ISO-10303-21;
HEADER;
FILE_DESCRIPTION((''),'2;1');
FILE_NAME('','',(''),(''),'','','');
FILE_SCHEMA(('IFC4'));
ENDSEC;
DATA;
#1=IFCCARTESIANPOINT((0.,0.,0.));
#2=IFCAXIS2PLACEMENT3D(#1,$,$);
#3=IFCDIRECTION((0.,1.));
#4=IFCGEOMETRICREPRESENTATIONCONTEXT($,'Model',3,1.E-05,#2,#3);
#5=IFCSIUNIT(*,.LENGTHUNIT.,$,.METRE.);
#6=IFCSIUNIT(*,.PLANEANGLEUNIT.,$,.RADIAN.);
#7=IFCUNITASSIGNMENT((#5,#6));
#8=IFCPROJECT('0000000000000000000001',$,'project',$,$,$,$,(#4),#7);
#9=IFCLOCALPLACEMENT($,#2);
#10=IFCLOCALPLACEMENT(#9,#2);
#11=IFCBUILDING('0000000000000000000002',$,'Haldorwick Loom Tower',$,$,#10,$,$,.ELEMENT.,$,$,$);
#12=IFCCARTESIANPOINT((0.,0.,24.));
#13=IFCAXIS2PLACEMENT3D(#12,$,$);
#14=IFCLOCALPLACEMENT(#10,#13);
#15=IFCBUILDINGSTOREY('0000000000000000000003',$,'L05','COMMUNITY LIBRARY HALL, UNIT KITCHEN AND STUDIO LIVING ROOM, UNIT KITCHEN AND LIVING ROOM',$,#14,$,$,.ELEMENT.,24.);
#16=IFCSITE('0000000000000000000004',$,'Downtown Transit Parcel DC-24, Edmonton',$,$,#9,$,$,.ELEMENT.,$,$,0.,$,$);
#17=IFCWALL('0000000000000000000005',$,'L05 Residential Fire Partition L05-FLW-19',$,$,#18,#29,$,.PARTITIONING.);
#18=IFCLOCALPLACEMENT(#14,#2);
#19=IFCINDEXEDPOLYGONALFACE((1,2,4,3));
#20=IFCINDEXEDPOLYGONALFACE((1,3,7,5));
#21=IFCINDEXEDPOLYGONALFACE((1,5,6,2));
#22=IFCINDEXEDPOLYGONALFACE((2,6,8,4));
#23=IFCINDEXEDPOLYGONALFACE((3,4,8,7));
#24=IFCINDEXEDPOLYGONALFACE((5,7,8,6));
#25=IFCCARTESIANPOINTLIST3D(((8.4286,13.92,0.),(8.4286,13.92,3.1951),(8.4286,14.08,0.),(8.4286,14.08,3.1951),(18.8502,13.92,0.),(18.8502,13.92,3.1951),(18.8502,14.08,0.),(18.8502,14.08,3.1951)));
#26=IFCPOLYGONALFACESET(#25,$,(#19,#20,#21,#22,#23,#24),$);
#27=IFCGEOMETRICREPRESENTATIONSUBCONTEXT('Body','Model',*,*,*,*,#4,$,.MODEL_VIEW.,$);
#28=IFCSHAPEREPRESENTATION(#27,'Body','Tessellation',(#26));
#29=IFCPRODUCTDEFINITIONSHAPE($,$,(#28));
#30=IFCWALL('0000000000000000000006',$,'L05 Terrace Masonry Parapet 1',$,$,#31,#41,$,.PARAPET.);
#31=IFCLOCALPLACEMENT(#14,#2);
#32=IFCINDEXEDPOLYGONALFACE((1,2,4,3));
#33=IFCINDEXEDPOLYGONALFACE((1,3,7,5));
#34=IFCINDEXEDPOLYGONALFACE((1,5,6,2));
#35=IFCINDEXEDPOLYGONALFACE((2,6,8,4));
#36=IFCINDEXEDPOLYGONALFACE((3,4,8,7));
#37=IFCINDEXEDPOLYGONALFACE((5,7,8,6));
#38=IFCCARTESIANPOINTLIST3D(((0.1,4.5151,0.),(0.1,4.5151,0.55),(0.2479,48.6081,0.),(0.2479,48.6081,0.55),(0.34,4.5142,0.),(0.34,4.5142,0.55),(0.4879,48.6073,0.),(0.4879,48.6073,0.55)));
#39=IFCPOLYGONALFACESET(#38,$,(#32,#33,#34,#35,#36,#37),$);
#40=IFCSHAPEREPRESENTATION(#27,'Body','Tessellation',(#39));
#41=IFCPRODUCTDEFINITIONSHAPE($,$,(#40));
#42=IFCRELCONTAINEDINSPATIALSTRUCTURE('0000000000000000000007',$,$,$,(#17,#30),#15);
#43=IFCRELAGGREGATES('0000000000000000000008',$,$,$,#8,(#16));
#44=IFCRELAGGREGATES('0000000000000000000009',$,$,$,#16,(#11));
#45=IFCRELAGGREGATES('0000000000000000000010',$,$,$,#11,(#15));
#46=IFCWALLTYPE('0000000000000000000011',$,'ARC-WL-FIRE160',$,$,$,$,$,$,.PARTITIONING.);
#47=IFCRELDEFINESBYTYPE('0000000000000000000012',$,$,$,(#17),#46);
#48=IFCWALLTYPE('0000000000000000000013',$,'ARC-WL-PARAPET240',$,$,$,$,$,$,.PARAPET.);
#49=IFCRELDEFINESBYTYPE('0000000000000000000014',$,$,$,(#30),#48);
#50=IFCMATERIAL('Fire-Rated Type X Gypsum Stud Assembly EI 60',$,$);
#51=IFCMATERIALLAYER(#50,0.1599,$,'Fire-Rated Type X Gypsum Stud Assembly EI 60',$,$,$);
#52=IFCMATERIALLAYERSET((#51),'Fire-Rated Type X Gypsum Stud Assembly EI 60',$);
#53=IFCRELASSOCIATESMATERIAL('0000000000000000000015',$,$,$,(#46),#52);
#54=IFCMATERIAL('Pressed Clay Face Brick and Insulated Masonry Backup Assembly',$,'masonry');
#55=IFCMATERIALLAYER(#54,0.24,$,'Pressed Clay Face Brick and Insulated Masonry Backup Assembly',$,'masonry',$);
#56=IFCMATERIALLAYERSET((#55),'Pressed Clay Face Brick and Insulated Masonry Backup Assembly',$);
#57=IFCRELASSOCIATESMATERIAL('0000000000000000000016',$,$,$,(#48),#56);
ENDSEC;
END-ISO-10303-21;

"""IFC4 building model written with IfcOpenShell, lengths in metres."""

from ifc_helpers import new_model, si_unit, direction, frame, frame_2d, origin, place, context, subcontext, project, spatial, rectangle, extrude, material, layer, layer_set, type_object, element, save


model = new_model("IFC4")

# Units and contexts
model_context = context("Model", 3, precision=1e-05, world=origin(), true_north=direction((0.0, 1.0)))
body_context = subcontext(model_context, "Body", "Model", "MODEL_VIEW")
ifc_project = project(units=[si_unit("LENGTHUNIT", "METRE"), si_unit("PLANEANGLEUNIT", "RADIAN")], contexts=[model_context])

# Site, building, storey
site_placement = place(None, origin())
site = spatial("IfcSite", under=ifc_project, at=site_placement, Name="Downtown Transit Parcel DC-24, Edmonton", CompositionType="ELEMENT", RefElevation=0.0)
building_placement = place(site_placement, origin())
building = spatial("IfcBuilding", under=site, at=building_placement, Name="Haldorwick Loom Tower", CompositionType="ELEMENT")
storey_placement = place(building_placement, frame((0.0, 0.0, 24.0)))
storey = spatial("IfcBuildingStorey", under=building, at=storey_placement, Name="L05", Description="COMMUNITY LIBRARY HALL, UNIT KITCHEN AND STUDIO LIVING ROOM, UNIT KITCHEN AND LIVING ROOM", CompositionType="ELEMENT", Elevation=24.0)

# Shared definitions
ifc_material_1 = material(Name="Pressed Clay Face Brick and Insulated Masonry Backup Assembly", Category="masonry")

# Walls
ifc_material_2 = material(Name="Fire-Rated Type X Gypsum Stud Assembly EI 60")
ifc_layer_1 = layer(ifc_material_2, 0.1599, Name="Fire-Rated Type X Gypsum Stud Assembly EI 60")
ifc_layer_set_1 = layer_set([ifc_layer_1], Name="Fire-Rated Type X Gypsum Stud Assembly EI 60")
wall_type_1 = type_object("IfcWallType", Name="ARC-WL-FIRE160", PredefinedType="PARTITIONING", material=ifc_layer_set_1)
wall_1_placement = place(storey_placement, frame((8.4285, 14.0, 0.0), z_axis=(0.0, 0.0, 1.0), x_axis=(1.0, 0.0, 0.0)))
element("IfcWall", 1, at=wall_1_placement, inside=storey, type_object=wall_type_1, Name="L05 Residential Fire Partition L05-FLW-19", PredefinedType="PARTITIONING", context=body_context, shape_type="SweptSolid", body=[
    extrude(rectangle(XDim=10.4216, YDim=0.1599, at=frame_2d((5.2109, 0.0))), origin(), (0.0, 0.0, 1.0), 3.1951),
])
ifc_layer_2 = layer(ifc_material_1, 0.24, Name="Pressed Clay Face Brick and Insulated Masonry Backup Assembly", Category="masonry")
ifc_layer_set_2 = layer_set([ifc_layer_2], Name="Pressed Clay Face Brick and Insulated Masonry Backup Assembly")
wall_type_2 = type_object("IfcWallType", Name="ARC-WL-PARAPET240", PredefinedType="PARAPET", material=ifc_layer_set_2)
wall_2_placement = place(storey_placement, frame((0.22, 4.5146, 0.0), z_axis=(0.0, 0.0, 1.0), x_axis=(0.003355, 0.999994, 0.0)))
element("IfcWall", 2, at=wall_2_placement, inside=storey, type_object=wall_type_2, Name="L05 Terrace Masonry Parapet 1", PredefinedType="PARAPET", context=body_context, shape_type="SweptSolid", body=[
    extrude(rectangle(XDim=44.0933, YDim=0.24, at=frame_2d((22.0466, 0.0))), origin(), (0.0, 0.0, 1.0), 0.55),
])

save(model, "model.ifc")
